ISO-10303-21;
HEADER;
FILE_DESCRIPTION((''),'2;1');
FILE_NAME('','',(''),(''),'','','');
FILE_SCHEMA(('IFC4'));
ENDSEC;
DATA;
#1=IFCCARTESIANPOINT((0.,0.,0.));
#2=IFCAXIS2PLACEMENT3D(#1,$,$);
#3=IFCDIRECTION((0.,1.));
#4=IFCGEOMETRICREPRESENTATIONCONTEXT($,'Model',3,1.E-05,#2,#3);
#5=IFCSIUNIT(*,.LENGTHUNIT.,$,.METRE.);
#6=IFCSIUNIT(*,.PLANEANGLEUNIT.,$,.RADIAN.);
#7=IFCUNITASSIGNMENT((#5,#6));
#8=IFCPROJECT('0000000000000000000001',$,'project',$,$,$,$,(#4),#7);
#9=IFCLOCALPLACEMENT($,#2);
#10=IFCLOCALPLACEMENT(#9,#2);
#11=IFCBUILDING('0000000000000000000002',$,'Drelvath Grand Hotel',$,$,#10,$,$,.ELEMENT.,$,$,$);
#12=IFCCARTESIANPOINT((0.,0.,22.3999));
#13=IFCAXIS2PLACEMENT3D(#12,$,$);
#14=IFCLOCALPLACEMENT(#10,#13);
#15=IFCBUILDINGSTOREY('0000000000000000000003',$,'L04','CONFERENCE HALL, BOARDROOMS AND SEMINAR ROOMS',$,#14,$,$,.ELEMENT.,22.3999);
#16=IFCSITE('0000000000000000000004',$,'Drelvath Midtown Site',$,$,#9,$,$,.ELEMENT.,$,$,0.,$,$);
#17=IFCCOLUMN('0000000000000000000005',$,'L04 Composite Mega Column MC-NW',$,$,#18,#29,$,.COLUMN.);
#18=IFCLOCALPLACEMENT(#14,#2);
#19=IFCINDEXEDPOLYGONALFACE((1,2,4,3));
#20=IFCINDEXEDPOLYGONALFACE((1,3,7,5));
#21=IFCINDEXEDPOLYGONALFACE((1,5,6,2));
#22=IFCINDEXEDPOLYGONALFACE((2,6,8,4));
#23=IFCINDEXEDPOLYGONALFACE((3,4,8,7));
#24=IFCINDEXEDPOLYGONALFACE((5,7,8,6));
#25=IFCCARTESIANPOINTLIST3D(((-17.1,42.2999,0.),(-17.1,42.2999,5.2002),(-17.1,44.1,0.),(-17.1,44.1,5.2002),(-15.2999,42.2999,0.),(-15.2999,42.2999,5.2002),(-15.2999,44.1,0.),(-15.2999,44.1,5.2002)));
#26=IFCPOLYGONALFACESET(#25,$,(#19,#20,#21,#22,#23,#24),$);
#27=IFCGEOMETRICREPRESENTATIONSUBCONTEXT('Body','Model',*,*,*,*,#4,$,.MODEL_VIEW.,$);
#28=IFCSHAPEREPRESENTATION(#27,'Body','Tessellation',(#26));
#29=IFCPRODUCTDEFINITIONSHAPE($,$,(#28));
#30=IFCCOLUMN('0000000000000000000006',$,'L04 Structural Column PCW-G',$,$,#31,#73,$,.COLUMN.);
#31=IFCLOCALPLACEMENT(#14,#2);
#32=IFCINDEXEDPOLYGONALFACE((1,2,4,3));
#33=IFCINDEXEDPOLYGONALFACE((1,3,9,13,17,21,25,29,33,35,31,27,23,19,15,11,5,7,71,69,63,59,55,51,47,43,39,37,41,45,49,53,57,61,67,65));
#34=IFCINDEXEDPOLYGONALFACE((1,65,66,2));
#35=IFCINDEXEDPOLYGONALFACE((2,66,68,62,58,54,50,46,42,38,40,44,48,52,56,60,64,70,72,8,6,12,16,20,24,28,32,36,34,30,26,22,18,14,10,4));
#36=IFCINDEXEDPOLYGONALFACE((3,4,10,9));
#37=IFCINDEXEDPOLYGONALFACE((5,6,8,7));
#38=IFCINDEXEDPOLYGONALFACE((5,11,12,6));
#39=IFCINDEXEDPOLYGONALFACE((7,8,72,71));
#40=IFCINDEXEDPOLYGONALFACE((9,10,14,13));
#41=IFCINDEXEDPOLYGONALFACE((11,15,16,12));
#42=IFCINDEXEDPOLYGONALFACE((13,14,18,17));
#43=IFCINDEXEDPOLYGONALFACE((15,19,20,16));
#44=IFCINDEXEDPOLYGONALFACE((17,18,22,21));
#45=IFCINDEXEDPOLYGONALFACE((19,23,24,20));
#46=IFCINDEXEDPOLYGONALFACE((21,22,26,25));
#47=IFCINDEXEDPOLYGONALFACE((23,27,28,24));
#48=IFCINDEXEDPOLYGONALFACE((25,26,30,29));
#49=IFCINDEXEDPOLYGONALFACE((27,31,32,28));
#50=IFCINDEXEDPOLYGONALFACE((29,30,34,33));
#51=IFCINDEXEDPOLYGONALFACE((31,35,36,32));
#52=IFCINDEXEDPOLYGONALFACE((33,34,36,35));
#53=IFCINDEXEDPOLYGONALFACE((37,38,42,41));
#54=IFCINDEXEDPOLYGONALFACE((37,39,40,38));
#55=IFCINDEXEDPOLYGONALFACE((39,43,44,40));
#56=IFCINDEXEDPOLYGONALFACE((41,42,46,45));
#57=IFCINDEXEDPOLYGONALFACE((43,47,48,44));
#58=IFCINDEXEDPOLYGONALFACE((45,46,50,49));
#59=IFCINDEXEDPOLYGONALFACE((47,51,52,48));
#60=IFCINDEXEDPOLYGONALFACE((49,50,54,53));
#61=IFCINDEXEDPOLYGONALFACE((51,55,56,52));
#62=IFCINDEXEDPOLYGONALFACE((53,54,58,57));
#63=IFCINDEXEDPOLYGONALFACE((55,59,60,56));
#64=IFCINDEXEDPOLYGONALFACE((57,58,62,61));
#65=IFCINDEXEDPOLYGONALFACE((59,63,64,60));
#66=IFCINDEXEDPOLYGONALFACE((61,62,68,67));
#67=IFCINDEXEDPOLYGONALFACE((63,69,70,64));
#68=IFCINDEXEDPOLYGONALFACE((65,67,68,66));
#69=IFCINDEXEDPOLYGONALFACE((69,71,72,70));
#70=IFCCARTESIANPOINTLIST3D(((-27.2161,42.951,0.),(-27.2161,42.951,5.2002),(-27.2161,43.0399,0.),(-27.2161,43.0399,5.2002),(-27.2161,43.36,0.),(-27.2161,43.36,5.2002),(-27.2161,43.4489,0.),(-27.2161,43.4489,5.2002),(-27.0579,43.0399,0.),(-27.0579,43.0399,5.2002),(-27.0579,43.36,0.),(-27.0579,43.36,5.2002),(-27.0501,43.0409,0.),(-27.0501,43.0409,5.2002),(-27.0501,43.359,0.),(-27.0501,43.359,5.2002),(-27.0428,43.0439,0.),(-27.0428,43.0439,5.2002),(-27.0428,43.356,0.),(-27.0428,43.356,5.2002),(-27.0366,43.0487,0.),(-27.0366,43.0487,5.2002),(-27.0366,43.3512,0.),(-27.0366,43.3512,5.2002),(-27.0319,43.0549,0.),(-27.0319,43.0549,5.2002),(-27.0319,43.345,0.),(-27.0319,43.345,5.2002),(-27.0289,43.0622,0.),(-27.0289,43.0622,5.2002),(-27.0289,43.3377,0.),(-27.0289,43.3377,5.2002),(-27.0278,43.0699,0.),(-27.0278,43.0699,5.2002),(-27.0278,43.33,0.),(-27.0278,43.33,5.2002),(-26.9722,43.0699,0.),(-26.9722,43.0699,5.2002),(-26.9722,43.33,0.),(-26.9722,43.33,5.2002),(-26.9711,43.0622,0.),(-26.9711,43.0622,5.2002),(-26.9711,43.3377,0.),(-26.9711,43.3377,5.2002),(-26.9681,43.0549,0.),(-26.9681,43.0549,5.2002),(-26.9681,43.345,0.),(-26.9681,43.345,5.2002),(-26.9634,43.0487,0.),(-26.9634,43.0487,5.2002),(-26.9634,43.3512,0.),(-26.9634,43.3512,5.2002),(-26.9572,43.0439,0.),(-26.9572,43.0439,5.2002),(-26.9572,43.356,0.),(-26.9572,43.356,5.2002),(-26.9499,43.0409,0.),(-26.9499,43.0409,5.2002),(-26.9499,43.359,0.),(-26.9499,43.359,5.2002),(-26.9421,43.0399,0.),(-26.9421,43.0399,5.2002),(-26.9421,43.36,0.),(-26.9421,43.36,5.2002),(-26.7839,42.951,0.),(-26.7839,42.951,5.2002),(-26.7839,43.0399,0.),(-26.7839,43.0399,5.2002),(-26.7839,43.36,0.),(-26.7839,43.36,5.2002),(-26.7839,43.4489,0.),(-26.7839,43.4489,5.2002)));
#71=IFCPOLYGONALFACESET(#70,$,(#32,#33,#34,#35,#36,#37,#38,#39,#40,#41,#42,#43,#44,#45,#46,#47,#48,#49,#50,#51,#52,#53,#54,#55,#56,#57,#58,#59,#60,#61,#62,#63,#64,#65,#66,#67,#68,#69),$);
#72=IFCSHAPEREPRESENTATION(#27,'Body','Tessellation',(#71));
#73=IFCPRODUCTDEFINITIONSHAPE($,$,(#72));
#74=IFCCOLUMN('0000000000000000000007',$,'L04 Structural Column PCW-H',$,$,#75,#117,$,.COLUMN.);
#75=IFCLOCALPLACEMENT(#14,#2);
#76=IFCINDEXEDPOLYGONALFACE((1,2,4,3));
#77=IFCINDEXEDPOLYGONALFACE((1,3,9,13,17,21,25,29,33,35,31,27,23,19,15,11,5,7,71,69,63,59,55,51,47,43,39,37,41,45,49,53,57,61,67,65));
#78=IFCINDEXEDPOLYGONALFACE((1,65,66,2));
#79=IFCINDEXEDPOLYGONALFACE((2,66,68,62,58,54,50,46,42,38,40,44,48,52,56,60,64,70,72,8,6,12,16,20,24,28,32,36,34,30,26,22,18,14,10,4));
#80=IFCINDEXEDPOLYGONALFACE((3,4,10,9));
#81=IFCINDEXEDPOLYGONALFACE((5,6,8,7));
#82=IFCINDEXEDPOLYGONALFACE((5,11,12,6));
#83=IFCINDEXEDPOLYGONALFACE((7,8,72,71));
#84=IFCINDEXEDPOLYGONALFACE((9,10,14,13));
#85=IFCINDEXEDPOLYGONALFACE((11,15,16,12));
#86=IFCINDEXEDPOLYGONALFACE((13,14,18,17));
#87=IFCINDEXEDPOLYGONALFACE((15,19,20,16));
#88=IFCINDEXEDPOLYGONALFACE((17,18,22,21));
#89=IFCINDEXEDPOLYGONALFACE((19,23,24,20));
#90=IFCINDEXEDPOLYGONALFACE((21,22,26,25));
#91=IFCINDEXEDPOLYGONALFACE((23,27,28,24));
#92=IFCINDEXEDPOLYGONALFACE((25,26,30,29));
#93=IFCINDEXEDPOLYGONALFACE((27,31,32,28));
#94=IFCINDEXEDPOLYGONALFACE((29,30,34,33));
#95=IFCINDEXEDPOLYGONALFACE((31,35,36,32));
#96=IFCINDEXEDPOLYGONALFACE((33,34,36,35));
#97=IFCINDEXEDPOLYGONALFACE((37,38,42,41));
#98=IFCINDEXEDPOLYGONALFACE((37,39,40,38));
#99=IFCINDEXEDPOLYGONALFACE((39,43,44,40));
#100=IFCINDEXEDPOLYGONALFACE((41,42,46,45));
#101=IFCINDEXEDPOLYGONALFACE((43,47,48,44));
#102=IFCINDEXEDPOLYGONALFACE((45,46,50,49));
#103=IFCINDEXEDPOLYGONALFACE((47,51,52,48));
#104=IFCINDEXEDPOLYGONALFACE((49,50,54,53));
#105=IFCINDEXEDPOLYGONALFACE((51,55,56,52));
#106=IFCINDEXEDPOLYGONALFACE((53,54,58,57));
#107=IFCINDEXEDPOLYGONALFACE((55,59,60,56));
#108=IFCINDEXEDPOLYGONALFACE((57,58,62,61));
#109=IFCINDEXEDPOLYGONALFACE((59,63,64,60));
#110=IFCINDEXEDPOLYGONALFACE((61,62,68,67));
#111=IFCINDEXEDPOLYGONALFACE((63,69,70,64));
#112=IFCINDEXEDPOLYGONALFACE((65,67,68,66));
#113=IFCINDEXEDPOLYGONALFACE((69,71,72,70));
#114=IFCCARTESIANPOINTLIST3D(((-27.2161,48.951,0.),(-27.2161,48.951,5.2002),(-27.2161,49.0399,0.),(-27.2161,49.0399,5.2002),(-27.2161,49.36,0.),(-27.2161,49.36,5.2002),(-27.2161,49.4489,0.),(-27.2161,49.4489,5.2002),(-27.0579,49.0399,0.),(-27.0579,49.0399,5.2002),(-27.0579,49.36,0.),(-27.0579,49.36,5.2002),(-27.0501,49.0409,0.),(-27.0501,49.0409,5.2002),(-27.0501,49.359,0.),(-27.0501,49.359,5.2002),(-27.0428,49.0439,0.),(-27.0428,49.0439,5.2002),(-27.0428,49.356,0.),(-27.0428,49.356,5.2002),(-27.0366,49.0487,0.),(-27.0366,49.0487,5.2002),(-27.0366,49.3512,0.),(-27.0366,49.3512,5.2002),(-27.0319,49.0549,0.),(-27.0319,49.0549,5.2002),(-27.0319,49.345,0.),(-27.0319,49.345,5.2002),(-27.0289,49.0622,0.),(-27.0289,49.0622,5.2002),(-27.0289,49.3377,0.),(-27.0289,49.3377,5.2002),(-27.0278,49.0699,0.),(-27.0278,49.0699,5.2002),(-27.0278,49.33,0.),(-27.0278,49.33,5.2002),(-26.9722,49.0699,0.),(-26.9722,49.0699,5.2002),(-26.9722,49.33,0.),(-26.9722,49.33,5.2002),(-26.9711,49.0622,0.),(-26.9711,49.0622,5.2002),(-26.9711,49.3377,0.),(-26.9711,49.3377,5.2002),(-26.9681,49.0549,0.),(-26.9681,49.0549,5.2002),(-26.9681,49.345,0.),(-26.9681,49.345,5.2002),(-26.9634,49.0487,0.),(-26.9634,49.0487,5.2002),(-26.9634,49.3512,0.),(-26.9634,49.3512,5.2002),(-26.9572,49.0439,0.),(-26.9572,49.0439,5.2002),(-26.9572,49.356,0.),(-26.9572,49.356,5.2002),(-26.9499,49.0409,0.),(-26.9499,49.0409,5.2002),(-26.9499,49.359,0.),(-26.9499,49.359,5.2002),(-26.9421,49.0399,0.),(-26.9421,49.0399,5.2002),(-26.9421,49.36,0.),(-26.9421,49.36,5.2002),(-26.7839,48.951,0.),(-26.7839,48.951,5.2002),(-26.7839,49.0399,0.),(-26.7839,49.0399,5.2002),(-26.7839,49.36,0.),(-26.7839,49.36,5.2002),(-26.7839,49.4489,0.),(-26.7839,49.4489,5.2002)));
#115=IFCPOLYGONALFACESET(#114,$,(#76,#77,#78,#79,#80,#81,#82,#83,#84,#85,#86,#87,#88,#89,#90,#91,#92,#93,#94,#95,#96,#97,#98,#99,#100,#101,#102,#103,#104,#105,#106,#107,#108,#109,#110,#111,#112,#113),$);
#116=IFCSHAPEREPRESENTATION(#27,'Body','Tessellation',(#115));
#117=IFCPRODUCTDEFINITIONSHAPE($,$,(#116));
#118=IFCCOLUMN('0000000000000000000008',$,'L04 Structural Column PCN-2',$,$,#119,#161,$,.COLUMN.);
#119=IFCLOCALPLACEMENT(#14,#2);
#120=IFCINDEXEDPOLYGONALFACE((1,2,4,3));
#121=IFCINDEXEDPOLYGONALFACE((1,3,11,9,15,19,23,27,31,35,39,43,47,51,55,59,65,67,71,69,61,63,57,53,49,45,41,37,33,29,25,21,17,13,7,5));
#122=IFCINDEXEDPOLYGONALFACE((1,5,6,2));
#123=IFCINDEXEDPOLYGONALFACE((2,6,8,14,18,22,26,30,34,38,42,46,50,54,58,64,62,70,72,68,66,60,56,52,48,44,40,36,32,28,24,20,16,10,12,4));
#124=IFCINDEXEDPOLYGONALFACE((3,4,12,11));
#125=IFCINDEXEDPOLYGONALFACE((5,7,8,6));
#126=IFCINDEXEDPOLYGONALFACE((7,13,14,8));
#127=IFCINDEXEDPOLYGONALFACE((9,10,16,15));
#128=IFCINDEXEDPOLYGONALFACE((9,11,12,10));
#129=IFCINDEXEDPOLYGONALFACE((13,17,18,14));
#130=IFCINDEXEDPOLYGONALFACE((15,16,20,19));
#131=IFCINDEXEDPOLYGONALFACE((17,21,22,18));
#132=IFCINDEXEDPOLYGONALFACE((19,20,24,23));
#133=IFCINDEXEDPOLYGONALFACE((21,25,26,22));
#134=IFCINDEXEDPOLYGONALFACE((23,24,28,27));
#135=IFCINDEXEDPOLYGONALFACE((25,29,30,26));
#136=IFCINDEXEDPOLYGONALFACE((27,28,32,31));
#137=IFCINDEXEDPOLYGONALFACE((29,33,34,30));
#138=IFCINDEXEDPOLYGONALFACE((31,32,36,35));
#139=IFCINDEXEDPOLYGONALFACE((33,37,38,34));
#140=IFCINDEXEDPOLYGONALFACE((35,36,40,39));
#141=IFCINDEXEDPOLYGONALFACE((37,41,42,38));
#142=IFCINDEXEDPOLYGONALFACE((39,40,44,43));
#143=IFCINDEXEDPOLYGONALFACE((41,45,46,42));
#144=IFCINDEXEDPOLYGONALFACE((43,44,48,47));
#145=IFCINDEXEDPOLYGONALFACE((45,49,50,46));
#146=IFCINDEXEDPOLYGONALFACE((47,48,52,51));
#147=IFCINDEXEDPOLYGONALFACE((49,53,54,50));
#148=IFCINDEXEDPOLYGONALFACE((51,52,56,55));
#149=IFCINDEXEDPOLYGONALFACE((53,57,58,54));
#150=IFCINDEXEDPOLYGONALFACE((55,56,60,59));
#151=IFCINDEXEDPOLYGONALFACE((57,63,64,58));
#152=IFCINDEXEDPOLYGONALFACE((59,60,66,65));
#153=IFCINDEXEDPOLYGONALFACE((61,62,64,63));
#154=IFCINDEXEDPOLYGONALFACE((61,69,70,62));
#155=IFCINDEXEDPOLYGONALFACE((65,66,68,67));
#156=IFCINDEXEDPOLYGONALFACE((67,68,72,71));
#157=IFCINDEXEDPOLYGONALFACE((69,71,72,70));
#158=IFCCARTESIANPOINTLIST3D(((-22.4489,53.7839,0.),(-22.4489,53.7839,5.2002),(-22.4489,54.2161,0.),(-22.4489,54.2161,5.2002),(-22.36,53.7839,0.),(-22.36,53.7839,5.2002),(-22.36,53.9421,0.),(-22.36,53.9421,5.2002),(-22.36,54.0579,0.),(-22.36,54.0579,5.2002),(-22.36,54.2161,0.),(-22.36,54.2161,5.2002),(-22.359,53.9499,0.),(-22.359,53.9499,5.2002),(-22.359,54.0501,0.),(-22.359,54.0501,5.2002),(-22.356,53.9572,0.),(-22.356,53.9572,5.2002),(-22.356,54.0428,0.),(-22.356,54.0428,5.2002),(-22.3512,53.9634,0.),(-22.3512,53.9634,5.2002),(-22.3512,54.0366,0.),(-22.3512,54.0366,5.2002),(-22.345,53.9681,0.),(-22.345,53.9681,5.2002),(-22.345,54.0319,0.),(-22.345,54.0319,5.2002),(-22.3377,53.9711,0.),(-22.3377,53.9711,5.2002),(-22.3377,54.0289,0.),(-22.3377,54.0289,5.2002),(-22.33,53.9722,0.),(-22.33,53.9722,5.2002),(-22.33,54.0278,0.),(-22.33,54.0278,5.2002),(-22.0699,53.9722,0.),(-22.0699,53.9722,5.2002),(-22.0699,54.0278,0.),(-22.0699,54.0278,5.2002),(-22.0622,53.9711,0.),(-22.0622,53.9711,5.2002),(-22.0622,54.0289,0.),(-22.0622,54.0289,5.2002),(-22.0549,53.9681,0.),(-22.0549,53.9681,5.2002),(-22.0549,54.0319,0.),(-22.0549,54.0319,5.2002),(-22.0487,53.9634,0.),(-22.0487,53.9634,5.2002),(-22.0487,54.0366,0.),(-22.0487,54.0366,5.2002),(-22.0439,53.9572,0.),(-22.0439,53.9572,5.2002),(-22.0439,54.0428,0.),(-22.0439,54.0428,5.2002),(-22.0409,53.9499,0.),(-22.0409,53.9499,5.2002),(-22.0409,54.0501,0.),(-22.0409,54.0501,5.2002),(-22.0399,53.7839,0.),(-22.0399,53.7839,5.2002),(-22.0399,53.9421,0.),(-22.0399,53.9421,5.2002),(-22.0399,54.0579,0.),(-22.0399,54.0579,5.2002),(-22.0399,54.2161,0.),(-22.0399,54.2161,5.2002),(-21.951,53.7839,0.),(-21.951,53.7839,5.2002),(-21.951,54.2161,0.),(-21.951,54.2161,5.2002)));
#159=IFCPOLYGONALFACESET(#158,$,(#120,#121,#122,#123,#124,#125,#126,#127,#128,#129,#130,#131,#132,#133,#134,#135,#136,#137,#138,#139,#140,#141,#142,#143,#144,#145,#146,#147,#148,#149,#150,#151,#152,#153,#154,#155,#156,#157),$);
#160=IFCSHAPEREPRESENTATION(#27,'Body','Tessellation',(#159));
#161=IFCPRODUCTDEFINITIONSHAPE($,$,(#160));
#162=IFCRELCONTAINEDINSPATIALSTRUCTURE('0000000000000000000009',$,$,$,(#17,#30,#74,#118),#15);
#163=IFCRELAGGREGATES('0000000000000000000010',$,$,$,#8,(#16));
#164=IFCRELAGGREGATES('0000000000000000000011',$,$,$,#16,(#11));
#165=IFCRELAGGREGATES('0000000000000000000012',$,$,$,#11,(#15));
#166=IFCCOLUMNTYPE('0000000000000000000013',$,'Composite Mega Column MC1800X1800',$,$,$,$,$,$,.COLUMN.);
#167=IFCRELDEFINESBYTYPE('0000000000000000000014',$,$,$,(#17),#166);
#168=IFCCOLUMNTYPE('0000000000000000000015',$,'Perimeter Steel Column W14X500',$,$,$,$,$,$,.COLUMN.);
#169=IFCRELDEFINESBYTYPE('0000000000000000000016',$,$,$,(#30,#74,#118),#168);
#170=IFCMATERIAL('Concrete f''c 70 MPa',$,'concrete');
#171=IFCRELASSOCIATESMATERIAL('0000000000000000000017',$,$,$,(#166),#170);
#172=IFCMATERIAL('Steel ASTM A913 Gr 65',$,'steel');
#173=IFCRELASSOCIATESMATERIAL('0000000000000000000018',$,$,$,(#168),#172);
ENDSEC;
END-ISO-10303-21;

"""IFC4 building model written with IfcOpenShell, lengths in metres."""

from ifc_helpers import new_model, si_unit, direction, frame, origin, origin_2d, place, context, subcontext, project, spatial, rectangle, i_section, extrude, material, material_profile, profile_set, type_object, element, save


model = new_model("IFC4")

# Units and contexts
model_context = context("Model", 3, precision=1e-05, world=origin(), true_north=direction((0.0, 1.0)))
body_context = subcontext(model_context, "Body", "Model", "MODEL_VIEW")
ifc_project = project(units=[si_unit("LENGTHUNIT", "METRE"), si_unit("PLANEANGLEUNIT", "RADIAN")], contexts=[model_context])

# Site, building, storey
site_placement = place(None, origin())
site = spatial("IfcSite", under=ifc_project, at=site_placement, Name="Drelvath Midtown Site", CompositionType="ELEMENT", RefElevation=0.0)
building_placement = place(site_placement, origin())
building = spatial("IfcBuilding", under=site, at=building_placement, Name="Drelvath Grand Hotel", CompositionType="ELEMENT")
storey_placement = place(building_placement, frame((0.0, 0.0, 22.3999)))
storey = spatial("IfcBuildingStorey", under=building, at=storey_placement, Name="L04", Description="CONFERENCE HALL, BOARDROOMS AND SEMINAR ROOMS", CompositionType="ELEMENT", Elevation=22.3999)

# Columns
ifc_material_1 = material(Name="Concrete f'c 70 MPa", Category="concrete")
ifc_material_profile_1 = material_profile(ifc_material_1, rectangle(XDim=1.8, YDim=1.8, at=origin_2d()), Name="MC1800X1800")
ifc_profile_set_1 = profile_set([ifc_material_profile_1], Name="Concrete f'c 70 MPa")
column_type_1 = type_object("IfcColumnType", Name="Composite Mega Column MC1800X1800", PredefinedType="COLUMN", material=ifc_profile_set_1)
column_placement = place(storey_placement, frame((-16.2, 43.2, 0.0), z_axis=(0.0, 0.0, 1.0), x_axis=(1.0, 0.0, 0.0)))
element("IfcColumn", 1, at=column_placement, inside=storey, type_object=column_type_1, Name="L04 Composite Mega Column MC-NW", PredefinedType="COLUMN", context=body_context, shape_type="SweptSolid", body=[
    extrude(rectangle(XDim=1.8, YDim=1.8, at=origin_2d()), origin(), (0.0, 0.0, 1.0), 5.2002),
])
ifc_material_2 = material(Name="Steel ASTM A913 Gr 65", Category="steel")
ifc_material_profile_2 = material_profile(ifc_material_2, i_section(OverallWidth=0.4321, OverallDepth=0.4978, WebThickness=0.0557, FlangeThickness=0.0889, FilletRadius=0.03, at=origin_2d()), Name="W14X500")
ifc_profile_set_2 = profile_set([ifc_material_profile_2], Name="Steel ASTM A913 Gr 65")
column_type_2 = type_object("IfcColumnType", Name="Perimeter Steel Column W14X500", PredefinedType="COLUMN", material=ifc_profile_set_2)
for number, where, z_axis, x_axis, name in (
    (2, (-27.0, 43.2, 0.0), (0.0, 0.0, 1.0), (1.0, 0.0, 0.0), "L04 Structural Column PCW-G"),
    (3, (-27.0, 49.2, 0.0), (0.0, 0.0, 1.0), (1.0, 0.0, 0.0), "L04 Structural Column PCW-H"),
    (4, (-22.2, 54.0, 0.0), (0.0, 0.0, 1.0), (0.0, 1.0, 0.0), "L04 Structural Column PCN-2"),
):
    element("IfcColumn", number, at=place(storey_placement, frame(where, z_axis=z_axis, x_axis=x_axis)), inside=storey, type_object=column_type_2, Name=name, PredefinedType="COLUMN", context=body_context, shape_type="SweptSolid", body=[
        extrude(i_section(OverallWidth=0.4321, OverallDepth=0.4978, WebThickness=0.0557, FlangeThickness=0.0889, FilletRadius=0.03, at=origin_2d()), origin(), (0.0, 0.0, 1.0), 5.2002),
    ])

save(model, "model.ifc")
